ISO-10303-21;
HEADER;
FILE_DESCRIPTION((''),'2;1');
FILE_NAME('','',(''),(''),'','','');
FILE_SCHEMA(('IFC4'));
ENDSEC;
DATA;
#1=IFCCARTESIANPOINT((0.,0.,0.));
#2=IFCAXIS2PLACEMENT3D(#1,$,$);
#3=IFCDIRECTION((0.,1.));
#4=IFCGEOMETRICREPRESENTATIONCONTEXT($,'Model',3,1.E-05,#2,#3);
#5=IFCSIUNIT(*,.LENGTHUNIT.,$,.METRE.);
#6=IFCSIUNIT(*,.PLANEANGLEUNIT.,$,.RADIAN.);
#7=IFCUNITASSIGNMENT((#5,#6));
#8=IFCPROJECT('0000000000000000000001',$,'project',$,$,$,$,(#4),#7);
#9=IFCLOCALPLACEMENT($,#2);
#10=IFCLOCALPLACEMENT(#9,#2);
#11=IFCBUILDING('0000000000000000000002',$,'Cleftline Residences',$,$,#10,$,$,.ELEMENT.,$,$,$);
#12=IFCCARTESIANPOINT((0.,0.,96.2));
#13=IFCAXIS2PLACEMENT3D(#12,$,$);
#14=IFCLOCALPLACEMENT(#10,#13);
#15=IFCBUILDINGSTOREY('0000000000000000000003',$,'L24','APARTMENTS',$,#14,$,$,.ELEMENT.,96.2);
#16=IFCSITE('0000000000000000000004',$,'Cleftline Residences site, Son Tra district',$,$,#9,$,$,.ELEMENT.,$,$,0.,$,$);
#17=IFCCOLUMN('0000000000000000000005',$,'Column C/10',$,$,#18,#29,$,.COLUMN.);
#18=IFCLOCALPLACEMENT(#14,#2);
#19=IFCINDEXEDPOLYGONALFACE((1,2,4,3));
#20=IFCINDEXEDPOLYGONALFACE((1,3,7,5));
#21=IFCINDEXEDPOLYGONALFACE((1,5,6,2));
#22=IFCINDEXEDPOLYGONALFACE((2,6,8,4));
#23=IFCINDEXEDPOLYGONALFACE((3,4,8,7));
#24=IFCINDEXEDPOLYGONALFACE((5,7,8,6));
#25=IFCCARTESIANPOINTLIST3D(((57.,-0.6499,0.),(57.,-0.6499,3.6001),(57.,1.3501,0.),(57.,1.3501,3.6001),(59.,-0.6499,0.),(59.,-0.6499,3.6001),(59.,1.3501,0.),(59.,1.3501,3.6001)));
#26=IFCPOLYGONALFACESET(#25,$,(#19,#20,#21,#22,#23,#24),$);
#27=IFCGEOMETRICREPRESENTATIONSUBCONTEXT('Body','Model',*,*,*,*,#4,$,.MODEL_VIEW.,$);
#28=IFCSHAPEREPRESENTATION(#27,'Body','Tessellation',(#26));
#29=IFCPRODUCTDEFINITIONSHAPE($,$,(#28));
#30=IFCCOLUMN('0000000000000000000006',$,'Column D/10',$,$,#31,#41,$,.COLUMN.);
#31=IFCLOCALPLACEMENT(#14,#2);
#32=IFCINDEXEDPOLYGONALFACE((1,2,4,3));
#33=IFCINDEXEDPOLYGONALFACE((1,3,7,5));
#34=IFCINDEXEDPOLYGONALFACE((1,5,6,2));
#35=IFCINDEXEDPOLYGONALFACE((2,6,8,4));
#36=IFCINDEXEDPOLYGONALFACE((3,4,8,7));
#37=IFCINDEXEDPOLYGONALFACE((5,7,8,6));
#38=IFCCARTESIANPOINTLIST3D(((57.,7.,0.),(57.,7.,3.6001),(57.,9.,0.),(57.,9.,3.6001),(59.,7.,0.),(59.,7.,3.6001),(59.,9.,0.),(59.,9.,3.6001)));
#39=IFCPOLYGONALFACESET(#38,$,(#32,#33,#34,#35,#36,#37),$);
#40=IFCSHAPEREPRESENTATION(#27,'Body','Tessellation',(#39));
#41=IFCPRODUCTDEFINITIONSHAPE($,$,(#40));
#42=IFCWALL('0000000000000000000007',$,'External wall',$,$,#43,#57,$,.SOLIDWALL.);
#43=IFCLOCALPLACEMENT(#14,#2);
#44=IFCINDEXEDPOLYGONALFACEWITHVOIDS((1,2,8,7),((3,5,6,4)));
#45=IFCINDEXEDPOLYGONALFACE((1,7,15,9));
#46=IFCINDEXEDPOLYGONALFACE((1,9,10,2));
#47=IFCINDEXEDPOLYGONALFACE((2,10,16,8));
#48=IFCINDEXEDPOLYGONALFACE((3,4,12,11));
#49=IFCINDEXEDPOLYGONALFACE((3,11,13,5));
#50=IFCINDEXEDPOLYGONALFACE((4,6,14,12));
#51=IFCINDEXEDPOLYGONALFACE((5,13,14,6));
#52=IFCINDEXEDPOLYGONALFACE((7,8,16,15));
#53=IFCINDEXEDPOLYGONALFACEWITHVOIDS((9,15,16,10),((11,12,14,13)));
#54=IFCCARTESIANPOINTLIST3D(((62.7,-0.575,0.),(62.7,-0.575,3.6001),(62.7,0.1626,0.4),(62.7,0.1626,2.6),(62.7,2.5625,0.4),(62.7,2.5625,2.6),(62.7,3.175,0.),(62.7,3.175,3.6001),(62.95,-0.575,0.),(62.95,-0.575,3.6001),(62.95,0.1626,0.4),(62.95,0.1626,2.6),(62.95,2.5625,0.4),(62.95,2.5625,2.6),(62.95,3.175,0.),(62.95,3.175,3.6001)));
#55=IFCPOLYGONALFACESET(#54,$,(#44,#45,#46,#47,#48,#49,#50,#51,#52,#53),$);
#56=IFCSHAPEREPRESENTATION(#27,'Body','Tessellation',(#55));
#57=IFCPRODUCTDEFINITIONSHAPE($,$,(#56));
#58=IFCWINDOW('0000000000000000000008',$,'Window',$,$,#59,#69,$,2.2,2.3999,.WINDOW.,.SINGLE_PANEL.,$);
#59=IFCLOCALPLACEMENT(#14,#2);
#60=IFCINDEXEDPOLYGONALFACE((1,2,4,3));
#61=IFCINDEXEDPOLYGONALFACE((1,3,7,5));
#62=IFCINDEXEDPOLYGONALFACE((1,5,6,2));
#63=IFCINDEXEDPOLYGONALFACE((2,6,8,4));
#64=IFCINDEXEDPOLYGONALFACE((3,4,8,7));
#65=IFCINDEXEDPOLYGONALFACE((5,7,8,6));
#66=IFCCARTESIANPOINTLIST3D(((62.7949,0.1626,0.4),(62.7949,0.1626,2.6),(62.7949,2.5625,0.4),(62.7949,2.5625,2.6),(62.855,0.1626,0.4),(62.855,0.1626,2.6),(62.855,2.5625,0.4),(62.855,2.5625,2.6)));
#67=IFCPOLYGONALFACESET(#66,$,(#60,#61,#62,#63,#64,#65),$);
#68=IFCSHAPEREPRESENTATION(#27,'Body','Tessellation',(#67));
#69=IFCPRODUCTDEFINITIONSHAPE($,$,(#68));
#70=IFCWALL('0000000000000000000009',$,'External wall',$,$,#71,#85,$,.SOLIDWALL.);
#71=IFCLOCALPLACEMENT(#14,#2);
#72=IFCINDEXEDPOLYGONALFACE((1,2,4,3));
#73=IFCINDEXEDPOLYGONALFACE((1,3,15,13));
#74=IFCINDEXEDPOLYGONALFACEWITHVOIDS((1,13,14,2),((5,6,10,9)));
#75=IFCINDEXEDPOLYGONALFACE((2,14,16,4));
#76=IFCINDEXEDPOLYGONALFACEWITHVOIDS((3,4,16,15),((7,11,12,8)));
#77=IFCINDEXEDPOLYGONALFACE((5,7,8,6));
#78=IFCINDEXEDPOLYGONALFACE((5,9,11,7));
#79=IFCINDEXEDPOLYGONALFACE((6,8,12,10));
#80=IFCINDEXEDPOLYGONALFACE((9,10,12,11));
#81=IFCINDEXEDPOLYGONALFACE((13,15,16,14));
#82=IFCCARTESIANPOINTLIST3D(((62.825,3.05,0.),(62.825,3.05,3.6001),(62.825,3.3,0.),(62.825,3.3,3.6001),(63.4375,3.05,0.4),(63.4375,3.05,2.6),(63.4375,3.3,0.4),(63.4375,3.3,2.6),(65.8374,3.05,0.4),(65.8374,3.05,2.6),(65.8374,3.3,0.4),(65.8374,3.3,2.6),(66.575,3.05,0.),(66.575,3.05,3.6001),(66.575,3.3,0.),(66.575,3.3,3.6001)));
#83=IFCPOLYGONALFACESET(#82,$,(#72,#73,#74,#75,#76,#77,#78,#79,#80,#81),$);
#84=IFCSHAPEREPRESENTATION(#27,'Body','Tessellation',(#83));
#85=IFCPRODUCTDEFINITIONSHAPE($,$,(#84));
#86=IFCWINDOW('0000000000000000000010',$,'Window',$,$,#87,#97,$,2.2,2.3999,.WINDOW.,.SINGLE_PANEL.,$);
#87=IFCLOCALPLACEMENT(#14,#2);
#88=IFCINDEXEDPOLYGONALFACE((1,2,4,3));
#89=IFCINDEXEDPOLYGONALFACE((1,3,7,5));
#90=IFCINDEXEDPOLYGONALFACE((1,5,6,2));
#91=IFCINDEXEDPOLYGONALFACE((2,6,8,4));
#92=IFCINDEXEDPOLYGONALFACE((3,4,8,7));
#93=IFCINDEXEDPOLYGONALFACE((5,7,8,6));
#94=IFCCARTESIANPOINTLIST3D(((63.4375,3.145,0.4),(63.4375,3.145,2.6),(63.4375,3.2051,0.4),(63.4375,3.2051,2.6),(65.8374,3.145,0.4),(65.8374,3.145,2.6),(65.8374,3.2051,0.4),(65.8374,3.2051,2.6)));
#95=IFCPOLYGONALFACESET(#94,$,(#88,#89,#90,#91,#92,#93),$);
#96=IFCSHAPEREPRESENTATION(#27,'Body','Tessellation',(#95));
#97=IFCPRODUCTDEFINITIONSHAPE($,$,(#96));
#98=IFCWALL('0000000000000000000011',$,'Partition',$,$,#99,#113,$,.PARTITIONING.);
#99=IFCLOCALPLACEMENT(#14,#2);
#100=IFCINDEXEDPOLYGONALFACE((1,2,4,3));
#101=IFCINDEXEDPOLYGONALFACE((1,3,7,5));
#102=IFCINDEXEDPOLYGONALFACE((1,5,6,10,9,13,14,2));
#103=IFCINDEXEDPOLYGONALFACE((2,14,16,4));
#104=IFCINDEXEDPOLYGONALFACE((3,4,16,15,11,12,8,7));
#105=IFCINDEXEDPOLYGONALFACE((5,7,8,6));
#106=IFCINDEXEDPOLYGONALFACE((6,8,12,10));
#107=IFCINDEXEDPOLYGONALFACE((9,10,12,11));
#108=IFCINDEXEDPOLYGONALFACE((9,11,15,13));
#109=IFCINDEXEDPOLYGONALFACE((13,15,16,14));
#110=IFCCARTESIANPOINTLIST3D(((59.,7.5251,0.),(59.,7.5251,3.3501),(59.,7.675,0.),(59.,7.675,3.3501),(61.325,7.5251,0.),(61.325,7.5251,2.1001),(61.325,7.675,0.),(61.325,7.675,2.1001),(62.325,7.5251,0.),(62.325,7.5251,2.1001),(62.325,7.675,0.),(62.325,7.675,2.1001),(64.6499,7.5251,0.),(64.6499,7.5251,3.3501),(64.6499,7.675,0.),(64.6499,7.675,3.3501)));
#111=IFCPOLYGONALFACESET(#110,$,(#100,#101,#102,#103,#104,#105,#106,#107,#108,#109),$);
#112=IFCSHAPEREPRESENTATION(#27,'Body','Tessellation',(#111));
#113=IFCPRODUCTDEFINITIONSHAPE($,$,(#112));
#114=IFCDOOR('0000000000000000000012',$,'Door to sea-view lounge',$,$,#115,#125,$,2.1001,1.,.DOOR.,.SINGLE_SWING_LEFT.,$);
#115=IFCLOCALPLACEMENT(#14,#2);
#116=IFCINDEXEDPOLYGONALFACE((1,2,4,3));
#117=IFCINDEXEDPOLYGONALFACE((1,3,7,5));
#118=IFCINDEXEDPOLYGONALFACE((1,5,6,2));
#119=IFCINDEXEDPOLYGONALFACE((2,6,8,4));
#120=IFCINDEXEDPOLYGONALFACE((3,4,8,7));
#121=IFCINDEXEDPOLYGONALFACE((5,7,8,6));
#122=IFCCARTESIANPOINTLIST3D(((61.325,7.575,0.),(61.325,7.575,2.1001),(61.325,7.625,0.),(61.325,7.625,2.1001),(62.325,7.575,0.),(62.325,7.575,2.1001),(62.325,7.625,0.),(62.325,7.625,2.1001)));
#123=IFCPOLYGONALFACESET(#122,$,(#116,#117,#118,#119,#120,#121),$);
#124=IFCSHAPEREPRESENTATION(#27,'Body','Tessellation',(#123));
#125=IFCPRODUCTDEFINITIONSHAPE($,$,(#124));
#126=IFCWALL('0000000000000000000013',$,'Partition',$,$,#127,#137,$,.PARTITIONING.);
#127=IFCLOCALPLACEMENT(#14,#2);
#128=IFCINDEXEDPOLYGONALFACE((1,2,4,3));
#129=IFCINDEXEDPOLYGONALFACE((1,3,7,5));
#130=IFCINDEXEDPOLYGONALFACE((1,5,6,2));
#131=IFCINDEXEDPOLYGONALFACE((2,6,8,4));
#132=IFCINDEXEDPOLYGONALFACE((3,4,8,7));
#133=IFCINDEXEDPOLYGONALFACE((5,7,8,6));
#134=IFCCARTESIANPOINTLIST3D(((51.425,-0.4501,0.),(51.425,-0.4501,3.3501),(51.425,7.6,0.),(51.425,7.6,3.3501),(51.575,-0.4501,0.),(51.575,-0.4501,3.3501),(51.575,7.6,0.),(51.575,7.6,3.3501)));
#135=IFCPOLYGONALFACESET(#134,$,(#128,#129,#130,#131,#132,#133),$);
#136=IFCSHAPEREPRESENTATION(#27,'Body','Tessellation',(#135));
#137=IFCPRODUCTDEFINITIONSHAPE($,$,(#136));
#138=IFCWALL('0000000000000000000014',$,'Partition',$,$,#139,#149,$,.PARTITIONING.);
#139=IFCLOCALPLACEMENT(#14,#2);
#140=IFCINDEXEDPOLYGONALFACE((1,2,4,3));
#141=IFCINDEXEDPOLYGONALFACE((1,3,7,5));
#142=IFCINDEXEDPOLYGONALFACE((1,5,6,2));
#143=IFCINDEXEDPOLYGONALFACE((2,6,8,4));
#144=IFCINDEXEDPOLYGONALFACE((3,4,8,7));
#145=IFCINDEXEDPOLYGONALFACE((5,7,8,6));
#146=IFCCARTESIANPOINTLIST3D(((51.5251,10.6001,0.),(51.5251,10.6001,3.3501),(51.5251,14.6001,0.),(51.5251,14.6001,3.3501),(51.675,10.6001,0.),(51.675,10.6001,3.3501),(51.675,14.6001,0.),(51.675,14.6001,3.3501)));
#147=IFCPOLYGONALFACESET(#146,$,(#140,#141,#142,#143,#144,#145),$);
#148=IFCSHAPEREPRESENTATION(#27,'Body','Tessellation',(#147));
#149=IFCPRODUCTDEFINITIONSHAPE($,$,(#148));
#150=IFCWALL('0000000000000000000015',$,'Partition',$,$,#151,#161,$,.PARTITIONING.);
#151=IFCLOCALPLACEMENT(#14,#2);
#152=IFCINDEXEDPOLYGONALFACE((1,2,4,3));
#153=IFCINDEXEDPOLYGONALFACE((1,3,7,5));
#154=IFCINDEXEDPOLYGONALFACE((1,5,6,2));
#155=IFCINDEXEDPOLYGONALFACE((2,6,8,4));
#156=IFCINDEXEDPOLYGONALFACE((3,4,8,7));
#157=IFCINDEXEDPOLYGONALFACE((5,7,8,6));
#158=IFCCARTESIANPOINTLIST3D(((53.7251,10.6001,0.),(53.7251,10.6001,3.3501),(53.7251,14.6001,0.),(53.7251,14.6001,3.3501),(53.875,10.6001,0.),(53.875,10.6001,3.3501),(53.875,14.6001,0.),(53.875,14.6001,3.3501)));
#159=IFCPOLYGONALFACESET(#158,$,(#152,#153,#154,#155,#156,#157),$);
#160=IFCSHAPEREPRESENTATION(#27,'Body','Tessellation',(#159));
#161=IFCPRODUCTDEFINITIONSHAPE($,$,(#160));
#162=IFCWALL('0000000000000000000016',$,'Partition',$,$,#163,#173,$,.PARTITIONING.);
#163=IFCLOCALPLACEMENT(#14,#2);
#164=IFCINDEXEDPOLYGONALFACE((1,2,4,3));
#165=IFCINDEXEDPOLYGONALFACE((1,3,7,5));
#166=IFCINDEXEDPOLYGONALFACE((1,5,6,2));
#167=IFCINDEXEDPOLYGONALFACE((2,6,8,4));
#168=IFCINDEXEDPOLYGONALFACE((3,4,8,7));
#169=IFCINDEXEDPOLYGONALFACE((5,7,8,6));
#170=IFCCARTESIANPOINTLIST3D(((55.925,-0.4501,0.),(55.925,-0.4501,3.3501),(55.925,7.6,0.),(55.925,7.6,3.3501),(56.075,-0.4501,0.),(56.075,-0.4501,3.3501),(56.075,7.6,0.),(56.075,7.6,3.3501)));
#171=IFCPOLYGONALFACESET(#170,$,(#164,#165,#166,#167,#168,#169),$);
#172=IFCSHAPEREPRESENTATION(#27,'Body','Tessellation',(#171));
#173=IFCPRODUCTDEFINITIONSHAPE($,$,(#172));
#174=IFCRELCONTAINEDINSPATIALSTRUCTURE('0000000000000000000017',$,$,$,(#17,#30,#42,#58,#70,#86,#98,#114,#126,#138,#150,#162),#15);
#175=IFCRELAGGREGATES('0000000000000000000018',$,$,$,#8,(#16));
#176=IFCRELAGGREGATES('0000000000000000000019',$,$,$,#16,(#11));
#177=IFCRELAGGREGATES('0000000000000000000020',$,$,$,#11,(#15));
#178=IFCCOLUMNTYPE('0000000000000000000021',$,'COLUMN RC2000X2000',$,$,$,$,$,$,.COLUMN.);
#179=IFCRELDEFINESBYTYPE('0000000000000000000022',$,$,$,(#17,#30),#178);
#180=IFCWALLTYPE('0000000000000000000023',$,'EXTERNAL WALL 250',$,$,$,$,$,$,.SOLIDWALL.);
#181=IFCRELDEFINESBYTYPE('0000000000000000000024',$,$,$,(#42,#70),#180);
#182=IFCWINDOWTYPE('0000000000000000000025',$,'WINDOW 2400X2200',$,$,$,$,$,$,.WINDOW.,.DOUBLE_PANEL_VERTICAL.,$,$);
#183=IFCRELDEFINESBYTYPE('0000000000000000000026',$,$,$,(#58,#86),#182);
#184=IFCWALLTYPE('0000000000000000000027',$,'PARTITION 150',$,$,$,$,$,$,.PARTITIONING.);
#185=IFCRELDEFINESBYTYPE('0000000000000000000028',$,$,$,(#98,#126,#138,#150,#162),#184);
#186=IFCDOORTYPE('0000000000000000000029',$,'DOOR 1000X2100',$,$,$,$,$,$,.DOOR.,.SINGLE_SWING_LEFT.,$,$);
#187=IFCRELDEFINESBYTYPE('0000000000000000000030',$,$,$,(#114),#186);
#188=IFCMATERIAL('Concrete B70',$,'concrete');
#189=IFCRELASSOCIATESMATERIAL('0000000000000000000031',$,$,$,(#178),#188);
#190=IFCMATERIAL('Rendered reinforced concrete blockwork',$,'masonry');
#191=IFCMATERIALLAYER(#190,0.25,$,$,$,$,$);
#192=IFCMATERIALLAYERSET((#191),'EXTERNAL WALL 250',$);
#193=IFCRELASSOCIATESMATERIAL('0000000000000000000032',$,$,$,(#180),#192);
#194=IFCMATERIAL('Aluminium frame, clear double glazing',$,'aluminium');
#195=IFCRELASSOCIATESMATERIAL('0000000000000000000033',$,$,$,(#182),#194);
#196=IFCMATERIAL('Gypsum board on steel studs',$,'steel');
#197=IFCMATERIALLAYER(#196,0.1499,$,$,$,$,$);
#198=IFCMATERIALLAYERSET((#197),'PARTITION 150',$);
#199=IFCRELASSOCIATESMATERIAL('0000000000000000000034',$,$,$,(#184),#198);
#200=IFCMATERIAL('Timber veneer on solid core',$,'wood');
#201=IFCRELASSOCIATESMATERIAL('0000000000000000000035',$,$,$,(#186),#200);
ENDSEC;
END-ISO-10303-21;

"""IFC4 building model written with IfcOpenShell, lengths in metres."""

from ifc_helpers import new_model, si_unit, direction, frame, frame_2d, origin, origin_2d, place, context, subcontext, project, spatial, rectangle, extrude, material, layer, layer_set, material_profile, profile_set, type_object, element, fill, save


model = new_model("IFC4")

# Units and contexts
model_context = context("Model", 3, precision=1e-05, world=origin(), true_north=direction((0.0, 1.0)))
body_context = subcontext(model_context, "Body", "Model", "MODEL_VIEW")
ifc_project = project(units=[si_unit("LENGTHUNIT", "METRE"), si_unit("PLANEANGLEUNIT", "RADIAN")], contexts=[model_context])

# Site, building, storey
site_placement = place(None, origin())
site = spatial("IfcSite", under=ifc_project, at=site_placement, Name="Cleftline Residences site, Son Tra district", CompositionType="ELEMENT", RefElevation=0.0)
building_placement = place(site_placement, origin())
building = spatial("IfcBuilding", under=site, at=building_placement, Name="Cleftline Residences", CompositionType="ELEMENT")
storey_placement = place(building_placement, frame((0.0, 0.0, 96.2)))
storey = spatial("IfcBuildingStorey", under=building, at=storey_placement, Name="L24", Description="APARTMENTS", CompositionType="ELEMENT", Elevation=96.2)

# Columns
ifc_material_1 = material(Name="Concrete B70", Category="concrete")
ifc_material_profile = material_profile(ifc_material_1, rectangle(XDim=2.0, YDim=2.0, at=origin_2d()))
ifc_profile_set = profile_set([ifc_material_profile], Name="Concrete B70")
column_type = type_object("IfcColumnType", Name="COLUMN RC2000X2000", PredefinedType="COLUMN", material=ifc_profile_set)
for number, where, z_axis, x_axis, name in (
    (1, (58.0, 0.3501, 0.0), (0.0, 0.0, 1.0), (1.0, 0.0, 0.0), "Column C/10"),
    (2, (58.0, 8.0, 0.0), (0.0, 0.0, 1.0), (1.0, 0.0, 0.0), "Column D/10"),
):
    element("IfcColumn", number, at=place(storey_placement, frame(where, z_axis=z_axis, x_axis=x_axis)), inside=storey, type_object=column_type, Name=name, PredefinedType="COLUMN", context=body_context, shape_type="SweptSolid", body=[
        extrude(rectangle(XDim=2.0, YDim=2.0, at=origin_2d()), origin(), (0.0, 0.0, 1.0), 3.6001),
    ])

# Walls, openings, windows
ifc_material_2 = material(Name="Rendered reinforced concrete blockwork", Category="masonry")
ifc_layer_1 = layer(ifc_material_2, 0.25)
ifc_layer_set_1 = layer_set([ifc_layer_1], Name="EXTERNAL WALL 250")
wall_type_1 = type_object("IfcWallType", Name="EXTERNAL WALL 250", PredefinedType="SOLIDWALL", material=ifc_layer_set_1)
wall_1_placement = place(storey_placement, frame((62.825, -0.575, 0.0), z_axis=(0.0, 0.0, 1.0), x_axis=(0.0, 1.0, 0.0)))
wall_1 = element("IfcWall", 3, at=wall_1_placement, inside=storey, type_object=wall_type_1, Name="External wall", PredefinedType="SOLIDWALL", context=body_context, shape_type="SweptSolid", body=[
    extrude(rectangle(XDim=3.75, YDim=0.25, at=frame_2d((1.875, 0.0))), origin(), (0.0, 0.0, 1.0), 3.6001),
])
opening_1_placement = place(wall_1_placement, frame((0.7375, 0.0, 0.3999)))
opening_1 = element("IfcOpeningElement", 4, at=opening_1_placement, cuts=wall_1, PredefinedType="OPENING", context=body_context, shape_type="SweptSolid", body=[
    extrude(rectangle(XDim=2.3999, YDim=2.2, at=frame_2d((1.2, 1.1001))), frame((0.0, 0.135, 0.0), z_axis=(0.0, -1.0, 0.0), x_axis=(1.0, 0.0, 0.0)), (0.0, 0.0, 1.0), 0.27),
])
ifc_material_3 = material(Name="Aluminium frame, clear double glazing", Category="aluminium")
window_type = type_object("IfcWindowType", Name="WINDOW 2400X2200", PartitioningType="DOUBLE_PANEL_VERTICAL", PredefinedType="WINDOW", material=ifc_material_3)
window_1_placement = place(opening_1_placement, origin())
window_1 = element("IfcWindow", 5, at=window_1_placement, inside=storey, type_object=window_type, Name="Window", OverallHeight=2.2, OverallWidth=2.3999, PartitioningType="SINGLE_PANEL", PredefinedType="WINDOW", context=body_context, shape_type="SweptSolid", body=[
    extrude(rectangle(XDim=2.3999, YDim=2.2, at=frame_2d((1.2, 1.1001))), frame((0.0, 0.03, 0.0), z_axis=(0.0, -1.0, 0.0), x_axis=(1.0, 0.0, 0.0)), (0.0, 0.0, 1.0), 0.0601),
])
fill(opening_1, window_1)
wall_2_placement = place(storey_placement, frame((62.825, 3.175, 0.0), z_axis=(0.0, 0.0, 1.0), x_axis=(1.0, 0.0, 0.0)))
wall_2 = element("IfcWall", 6, at=wall_2_placement, inside=storey, type_object=wall_type_1, Name="External wall", PredefinedType="SOLIDWALL", context=body_context, shape_type="SweptSolid", body=[
    extrude(rectangle(XDim=3.75, YDim=0.25, at=frame_2d((1.875, 0.0))), origin(), (0.0, 0.0, 1.0), 3.6001),
])
opening_2_placement = place(wall_2_placement, frame((0.6125, 0.0, 0.3999)))
opening_2 = element("IfcOpeningElement", 7, at=opening_2_placement, cuts=wall_2, PredefinedType="OPENING", context=body_context, shape_type="SweptSolid", body=[
    extrude(rectangle(XDim=2.3999, YDim=2.2, at=frame_2d((1.2, 1.1001))), frame((0.0, 0.135, 0.0), z_axis=(0.0, -1.0, 0.0), x_axis=(1.0, 0.0, 0.0)), (0.0, 0.0, 1.0), 0.27),
])
window_2_placement = place(opening_2_placement, origin())
window_2 = element("IfcWindow", 8, at=window_2_placement, inside=storey, type_object=window_type, Name="Window", OverallHeight=2.2, OverallWidth=2.3999, PartitioningType="SINGLE_PANEL", PredefinedType="WINDOW", context=body_context, shape_type="SweptSolid", body=[
    extrude(rectangle(XDim=2.3999, YDim=2.2, at=frame_2d((1.2, 1.1001))), frame((0.0, 0.03, 0.0), z_axis=(0.0, -1.0, 0.0), x_axis=(1.0, 0.0, 0.0)), (0.0, 0.0, 1.0), 0.0601),
])
fill(opening_2, window_2)

# Wall, opening, door
ifc_material_4 = material(Name="Gypsum board on steel studs", Category="steel")
ifc_layer_2 = layer(ifc_material_4, 0.1499)
ifc_layer_set_2 = layer_set([ifc_layer_2], Name="PARTITION 150")
wall_type_2 = type_object("IfcWallType", Name="PARTITION 150", PredefinedType="PARTITIONING", material=ifc_layer_set_2)
wall_3_placement = place(storey_placement, frame((59.0, 7.6001, 0.0), z_axis=(0.0, 0.0, 1.0), x_axis=(1.0, 0.0, 0.0)))
wall_3 = element("IfcWall", 9, at=wall_3_placement, inside=storey, type_object=wall_type_2, Name="Partition", PredefinedType="PARTITIONING", context=body_context, shape_type="SweptSolid", body=[
    extrude(rectangle(XDim=5.6499, YDim=0.1499, at=frame_2d((2.825, 0.0))), origin(), (0.0, 0.0, 1.0), 3.3501),
])
opening_3_placement = place(wall_3_placement, frame((2.325, 0.0, 0.0)))
opening_3 = element("IfcOpeningElement", 10, at=opening_3_placement, cuts=wall_3, PredefinedType="OPENING", context=body_context, shape_type="SweptSolid", body=[
    extrude(rectangle(XDim=1.0, YDim=2.1001, at=frame_2d((0.5, 1.05))), frame((0.0, 0.085, 0.0), z_axis=(0.0, -1.0, 0.0), x_axis=(1.0, 0.0, 0.0)), (0.0, 0.0, 1.0), 0.1699),
])
ifc_material_5 = material(Name="Timber veneer on solid core", Category="wood")
door_type_1 = type_object("IfcDoorType", Name="DOOR 1000X2100", OperationType="SINGLE_SWING_LEFT", PredefinedType="DOOR", material=ifc_material_5)
door_1_placement = place(opening_3_placement, origin())
door_1 = element("IfcDoor", 11, at=door_1_placement, inside=storey, type_object=door_type_1, Name="Door to sea-view lounge", OperationType="SINGLE_SWING_LEFT", OverallHeight=2.1001, OverallWidth=1.0, PredefinedType="DOOR", context=body_context, shape_type="SweptSolid", body=[
    extrude(rectangle(XDim=1.0, YDim=2.1001, at=frame_2d((0.5, 1.05))), frame((0.0, 0.0249, 0.0), z_axis=(0.0, -1.0, 0.0), x_axis=(1.0, 0.0, 0.0)), (0.0, 0.0, 1.0), 0.05),
])
fill(opening_3, door_1)

# Walls
wall_4_placement = place(storey_placement, frame((51.5, -0.45, 0.0), z_axis=(0.0, 0.0, 1.0), x_axis=(0.0, 1.0, 0.0)))
element("IfcWall", 12, at=wall_4_placement, inside=storey, type_object=wall_type_2, Name="Partition", PredefinedType="PARTITIONING", context=body_context, shape_type="SweptSolid", body=[
    extrude(rectangle(XDim=8.05, YDim=0.1499, at=frame_2d((4.0249, 0.0))), origin(), (0.0, 0.0, 1.0), 3.3501),
])
for number, where, z_axis, x_axis, name in (
    (13, (51.6001, 10.6001, 0.0), (0.0, 0.0, 1.0), (0.0, 1.0, 0.0), "Partition"),
    (14, (53.8, 10.6001, 0.0), (0.0, 0.0, 1.0), (0.0, 1.0, 0.0), "Partition"),
):
    element("IfcWall", number, at=place(storey_placement, frame(where, z_axis=z_axis, x_axis=x_axis)), inside=storey, type_object=wall_type_2, Name=name, PredefinedType="PARTITIONING", context=body_context, shape_type="SweptSolid", body=[
        extrude(rectangle(XDim=4.0, YDim=0.1499, at=frame_2d((2.0, 0.0))), origin(), (0.0, 0.0, 1.0), 3.3501),
    ])
wall_5_placement = place(storey_placement, frame((56.0, -0.45, 0.0), z_axis=(0.0, 0.0, 1.0), x_axis=(0.0, 1.0, 0.0)))
element("IfcWall", 15, at=wall_5_placement, inside=storey, type_object=wall_type_2, Name="Partition", PredefinedType="PARTITIONING", context=body_context, shape_type="SweptSolid", body=[
    extrude(rectangle(XDim=8.05, YDim=0.1499, at=frame_2d((4.0249, 0.0))), origin(), (0.0, 0.0, 1.0), 3.3501),
])

save(model, "model.ifc")
